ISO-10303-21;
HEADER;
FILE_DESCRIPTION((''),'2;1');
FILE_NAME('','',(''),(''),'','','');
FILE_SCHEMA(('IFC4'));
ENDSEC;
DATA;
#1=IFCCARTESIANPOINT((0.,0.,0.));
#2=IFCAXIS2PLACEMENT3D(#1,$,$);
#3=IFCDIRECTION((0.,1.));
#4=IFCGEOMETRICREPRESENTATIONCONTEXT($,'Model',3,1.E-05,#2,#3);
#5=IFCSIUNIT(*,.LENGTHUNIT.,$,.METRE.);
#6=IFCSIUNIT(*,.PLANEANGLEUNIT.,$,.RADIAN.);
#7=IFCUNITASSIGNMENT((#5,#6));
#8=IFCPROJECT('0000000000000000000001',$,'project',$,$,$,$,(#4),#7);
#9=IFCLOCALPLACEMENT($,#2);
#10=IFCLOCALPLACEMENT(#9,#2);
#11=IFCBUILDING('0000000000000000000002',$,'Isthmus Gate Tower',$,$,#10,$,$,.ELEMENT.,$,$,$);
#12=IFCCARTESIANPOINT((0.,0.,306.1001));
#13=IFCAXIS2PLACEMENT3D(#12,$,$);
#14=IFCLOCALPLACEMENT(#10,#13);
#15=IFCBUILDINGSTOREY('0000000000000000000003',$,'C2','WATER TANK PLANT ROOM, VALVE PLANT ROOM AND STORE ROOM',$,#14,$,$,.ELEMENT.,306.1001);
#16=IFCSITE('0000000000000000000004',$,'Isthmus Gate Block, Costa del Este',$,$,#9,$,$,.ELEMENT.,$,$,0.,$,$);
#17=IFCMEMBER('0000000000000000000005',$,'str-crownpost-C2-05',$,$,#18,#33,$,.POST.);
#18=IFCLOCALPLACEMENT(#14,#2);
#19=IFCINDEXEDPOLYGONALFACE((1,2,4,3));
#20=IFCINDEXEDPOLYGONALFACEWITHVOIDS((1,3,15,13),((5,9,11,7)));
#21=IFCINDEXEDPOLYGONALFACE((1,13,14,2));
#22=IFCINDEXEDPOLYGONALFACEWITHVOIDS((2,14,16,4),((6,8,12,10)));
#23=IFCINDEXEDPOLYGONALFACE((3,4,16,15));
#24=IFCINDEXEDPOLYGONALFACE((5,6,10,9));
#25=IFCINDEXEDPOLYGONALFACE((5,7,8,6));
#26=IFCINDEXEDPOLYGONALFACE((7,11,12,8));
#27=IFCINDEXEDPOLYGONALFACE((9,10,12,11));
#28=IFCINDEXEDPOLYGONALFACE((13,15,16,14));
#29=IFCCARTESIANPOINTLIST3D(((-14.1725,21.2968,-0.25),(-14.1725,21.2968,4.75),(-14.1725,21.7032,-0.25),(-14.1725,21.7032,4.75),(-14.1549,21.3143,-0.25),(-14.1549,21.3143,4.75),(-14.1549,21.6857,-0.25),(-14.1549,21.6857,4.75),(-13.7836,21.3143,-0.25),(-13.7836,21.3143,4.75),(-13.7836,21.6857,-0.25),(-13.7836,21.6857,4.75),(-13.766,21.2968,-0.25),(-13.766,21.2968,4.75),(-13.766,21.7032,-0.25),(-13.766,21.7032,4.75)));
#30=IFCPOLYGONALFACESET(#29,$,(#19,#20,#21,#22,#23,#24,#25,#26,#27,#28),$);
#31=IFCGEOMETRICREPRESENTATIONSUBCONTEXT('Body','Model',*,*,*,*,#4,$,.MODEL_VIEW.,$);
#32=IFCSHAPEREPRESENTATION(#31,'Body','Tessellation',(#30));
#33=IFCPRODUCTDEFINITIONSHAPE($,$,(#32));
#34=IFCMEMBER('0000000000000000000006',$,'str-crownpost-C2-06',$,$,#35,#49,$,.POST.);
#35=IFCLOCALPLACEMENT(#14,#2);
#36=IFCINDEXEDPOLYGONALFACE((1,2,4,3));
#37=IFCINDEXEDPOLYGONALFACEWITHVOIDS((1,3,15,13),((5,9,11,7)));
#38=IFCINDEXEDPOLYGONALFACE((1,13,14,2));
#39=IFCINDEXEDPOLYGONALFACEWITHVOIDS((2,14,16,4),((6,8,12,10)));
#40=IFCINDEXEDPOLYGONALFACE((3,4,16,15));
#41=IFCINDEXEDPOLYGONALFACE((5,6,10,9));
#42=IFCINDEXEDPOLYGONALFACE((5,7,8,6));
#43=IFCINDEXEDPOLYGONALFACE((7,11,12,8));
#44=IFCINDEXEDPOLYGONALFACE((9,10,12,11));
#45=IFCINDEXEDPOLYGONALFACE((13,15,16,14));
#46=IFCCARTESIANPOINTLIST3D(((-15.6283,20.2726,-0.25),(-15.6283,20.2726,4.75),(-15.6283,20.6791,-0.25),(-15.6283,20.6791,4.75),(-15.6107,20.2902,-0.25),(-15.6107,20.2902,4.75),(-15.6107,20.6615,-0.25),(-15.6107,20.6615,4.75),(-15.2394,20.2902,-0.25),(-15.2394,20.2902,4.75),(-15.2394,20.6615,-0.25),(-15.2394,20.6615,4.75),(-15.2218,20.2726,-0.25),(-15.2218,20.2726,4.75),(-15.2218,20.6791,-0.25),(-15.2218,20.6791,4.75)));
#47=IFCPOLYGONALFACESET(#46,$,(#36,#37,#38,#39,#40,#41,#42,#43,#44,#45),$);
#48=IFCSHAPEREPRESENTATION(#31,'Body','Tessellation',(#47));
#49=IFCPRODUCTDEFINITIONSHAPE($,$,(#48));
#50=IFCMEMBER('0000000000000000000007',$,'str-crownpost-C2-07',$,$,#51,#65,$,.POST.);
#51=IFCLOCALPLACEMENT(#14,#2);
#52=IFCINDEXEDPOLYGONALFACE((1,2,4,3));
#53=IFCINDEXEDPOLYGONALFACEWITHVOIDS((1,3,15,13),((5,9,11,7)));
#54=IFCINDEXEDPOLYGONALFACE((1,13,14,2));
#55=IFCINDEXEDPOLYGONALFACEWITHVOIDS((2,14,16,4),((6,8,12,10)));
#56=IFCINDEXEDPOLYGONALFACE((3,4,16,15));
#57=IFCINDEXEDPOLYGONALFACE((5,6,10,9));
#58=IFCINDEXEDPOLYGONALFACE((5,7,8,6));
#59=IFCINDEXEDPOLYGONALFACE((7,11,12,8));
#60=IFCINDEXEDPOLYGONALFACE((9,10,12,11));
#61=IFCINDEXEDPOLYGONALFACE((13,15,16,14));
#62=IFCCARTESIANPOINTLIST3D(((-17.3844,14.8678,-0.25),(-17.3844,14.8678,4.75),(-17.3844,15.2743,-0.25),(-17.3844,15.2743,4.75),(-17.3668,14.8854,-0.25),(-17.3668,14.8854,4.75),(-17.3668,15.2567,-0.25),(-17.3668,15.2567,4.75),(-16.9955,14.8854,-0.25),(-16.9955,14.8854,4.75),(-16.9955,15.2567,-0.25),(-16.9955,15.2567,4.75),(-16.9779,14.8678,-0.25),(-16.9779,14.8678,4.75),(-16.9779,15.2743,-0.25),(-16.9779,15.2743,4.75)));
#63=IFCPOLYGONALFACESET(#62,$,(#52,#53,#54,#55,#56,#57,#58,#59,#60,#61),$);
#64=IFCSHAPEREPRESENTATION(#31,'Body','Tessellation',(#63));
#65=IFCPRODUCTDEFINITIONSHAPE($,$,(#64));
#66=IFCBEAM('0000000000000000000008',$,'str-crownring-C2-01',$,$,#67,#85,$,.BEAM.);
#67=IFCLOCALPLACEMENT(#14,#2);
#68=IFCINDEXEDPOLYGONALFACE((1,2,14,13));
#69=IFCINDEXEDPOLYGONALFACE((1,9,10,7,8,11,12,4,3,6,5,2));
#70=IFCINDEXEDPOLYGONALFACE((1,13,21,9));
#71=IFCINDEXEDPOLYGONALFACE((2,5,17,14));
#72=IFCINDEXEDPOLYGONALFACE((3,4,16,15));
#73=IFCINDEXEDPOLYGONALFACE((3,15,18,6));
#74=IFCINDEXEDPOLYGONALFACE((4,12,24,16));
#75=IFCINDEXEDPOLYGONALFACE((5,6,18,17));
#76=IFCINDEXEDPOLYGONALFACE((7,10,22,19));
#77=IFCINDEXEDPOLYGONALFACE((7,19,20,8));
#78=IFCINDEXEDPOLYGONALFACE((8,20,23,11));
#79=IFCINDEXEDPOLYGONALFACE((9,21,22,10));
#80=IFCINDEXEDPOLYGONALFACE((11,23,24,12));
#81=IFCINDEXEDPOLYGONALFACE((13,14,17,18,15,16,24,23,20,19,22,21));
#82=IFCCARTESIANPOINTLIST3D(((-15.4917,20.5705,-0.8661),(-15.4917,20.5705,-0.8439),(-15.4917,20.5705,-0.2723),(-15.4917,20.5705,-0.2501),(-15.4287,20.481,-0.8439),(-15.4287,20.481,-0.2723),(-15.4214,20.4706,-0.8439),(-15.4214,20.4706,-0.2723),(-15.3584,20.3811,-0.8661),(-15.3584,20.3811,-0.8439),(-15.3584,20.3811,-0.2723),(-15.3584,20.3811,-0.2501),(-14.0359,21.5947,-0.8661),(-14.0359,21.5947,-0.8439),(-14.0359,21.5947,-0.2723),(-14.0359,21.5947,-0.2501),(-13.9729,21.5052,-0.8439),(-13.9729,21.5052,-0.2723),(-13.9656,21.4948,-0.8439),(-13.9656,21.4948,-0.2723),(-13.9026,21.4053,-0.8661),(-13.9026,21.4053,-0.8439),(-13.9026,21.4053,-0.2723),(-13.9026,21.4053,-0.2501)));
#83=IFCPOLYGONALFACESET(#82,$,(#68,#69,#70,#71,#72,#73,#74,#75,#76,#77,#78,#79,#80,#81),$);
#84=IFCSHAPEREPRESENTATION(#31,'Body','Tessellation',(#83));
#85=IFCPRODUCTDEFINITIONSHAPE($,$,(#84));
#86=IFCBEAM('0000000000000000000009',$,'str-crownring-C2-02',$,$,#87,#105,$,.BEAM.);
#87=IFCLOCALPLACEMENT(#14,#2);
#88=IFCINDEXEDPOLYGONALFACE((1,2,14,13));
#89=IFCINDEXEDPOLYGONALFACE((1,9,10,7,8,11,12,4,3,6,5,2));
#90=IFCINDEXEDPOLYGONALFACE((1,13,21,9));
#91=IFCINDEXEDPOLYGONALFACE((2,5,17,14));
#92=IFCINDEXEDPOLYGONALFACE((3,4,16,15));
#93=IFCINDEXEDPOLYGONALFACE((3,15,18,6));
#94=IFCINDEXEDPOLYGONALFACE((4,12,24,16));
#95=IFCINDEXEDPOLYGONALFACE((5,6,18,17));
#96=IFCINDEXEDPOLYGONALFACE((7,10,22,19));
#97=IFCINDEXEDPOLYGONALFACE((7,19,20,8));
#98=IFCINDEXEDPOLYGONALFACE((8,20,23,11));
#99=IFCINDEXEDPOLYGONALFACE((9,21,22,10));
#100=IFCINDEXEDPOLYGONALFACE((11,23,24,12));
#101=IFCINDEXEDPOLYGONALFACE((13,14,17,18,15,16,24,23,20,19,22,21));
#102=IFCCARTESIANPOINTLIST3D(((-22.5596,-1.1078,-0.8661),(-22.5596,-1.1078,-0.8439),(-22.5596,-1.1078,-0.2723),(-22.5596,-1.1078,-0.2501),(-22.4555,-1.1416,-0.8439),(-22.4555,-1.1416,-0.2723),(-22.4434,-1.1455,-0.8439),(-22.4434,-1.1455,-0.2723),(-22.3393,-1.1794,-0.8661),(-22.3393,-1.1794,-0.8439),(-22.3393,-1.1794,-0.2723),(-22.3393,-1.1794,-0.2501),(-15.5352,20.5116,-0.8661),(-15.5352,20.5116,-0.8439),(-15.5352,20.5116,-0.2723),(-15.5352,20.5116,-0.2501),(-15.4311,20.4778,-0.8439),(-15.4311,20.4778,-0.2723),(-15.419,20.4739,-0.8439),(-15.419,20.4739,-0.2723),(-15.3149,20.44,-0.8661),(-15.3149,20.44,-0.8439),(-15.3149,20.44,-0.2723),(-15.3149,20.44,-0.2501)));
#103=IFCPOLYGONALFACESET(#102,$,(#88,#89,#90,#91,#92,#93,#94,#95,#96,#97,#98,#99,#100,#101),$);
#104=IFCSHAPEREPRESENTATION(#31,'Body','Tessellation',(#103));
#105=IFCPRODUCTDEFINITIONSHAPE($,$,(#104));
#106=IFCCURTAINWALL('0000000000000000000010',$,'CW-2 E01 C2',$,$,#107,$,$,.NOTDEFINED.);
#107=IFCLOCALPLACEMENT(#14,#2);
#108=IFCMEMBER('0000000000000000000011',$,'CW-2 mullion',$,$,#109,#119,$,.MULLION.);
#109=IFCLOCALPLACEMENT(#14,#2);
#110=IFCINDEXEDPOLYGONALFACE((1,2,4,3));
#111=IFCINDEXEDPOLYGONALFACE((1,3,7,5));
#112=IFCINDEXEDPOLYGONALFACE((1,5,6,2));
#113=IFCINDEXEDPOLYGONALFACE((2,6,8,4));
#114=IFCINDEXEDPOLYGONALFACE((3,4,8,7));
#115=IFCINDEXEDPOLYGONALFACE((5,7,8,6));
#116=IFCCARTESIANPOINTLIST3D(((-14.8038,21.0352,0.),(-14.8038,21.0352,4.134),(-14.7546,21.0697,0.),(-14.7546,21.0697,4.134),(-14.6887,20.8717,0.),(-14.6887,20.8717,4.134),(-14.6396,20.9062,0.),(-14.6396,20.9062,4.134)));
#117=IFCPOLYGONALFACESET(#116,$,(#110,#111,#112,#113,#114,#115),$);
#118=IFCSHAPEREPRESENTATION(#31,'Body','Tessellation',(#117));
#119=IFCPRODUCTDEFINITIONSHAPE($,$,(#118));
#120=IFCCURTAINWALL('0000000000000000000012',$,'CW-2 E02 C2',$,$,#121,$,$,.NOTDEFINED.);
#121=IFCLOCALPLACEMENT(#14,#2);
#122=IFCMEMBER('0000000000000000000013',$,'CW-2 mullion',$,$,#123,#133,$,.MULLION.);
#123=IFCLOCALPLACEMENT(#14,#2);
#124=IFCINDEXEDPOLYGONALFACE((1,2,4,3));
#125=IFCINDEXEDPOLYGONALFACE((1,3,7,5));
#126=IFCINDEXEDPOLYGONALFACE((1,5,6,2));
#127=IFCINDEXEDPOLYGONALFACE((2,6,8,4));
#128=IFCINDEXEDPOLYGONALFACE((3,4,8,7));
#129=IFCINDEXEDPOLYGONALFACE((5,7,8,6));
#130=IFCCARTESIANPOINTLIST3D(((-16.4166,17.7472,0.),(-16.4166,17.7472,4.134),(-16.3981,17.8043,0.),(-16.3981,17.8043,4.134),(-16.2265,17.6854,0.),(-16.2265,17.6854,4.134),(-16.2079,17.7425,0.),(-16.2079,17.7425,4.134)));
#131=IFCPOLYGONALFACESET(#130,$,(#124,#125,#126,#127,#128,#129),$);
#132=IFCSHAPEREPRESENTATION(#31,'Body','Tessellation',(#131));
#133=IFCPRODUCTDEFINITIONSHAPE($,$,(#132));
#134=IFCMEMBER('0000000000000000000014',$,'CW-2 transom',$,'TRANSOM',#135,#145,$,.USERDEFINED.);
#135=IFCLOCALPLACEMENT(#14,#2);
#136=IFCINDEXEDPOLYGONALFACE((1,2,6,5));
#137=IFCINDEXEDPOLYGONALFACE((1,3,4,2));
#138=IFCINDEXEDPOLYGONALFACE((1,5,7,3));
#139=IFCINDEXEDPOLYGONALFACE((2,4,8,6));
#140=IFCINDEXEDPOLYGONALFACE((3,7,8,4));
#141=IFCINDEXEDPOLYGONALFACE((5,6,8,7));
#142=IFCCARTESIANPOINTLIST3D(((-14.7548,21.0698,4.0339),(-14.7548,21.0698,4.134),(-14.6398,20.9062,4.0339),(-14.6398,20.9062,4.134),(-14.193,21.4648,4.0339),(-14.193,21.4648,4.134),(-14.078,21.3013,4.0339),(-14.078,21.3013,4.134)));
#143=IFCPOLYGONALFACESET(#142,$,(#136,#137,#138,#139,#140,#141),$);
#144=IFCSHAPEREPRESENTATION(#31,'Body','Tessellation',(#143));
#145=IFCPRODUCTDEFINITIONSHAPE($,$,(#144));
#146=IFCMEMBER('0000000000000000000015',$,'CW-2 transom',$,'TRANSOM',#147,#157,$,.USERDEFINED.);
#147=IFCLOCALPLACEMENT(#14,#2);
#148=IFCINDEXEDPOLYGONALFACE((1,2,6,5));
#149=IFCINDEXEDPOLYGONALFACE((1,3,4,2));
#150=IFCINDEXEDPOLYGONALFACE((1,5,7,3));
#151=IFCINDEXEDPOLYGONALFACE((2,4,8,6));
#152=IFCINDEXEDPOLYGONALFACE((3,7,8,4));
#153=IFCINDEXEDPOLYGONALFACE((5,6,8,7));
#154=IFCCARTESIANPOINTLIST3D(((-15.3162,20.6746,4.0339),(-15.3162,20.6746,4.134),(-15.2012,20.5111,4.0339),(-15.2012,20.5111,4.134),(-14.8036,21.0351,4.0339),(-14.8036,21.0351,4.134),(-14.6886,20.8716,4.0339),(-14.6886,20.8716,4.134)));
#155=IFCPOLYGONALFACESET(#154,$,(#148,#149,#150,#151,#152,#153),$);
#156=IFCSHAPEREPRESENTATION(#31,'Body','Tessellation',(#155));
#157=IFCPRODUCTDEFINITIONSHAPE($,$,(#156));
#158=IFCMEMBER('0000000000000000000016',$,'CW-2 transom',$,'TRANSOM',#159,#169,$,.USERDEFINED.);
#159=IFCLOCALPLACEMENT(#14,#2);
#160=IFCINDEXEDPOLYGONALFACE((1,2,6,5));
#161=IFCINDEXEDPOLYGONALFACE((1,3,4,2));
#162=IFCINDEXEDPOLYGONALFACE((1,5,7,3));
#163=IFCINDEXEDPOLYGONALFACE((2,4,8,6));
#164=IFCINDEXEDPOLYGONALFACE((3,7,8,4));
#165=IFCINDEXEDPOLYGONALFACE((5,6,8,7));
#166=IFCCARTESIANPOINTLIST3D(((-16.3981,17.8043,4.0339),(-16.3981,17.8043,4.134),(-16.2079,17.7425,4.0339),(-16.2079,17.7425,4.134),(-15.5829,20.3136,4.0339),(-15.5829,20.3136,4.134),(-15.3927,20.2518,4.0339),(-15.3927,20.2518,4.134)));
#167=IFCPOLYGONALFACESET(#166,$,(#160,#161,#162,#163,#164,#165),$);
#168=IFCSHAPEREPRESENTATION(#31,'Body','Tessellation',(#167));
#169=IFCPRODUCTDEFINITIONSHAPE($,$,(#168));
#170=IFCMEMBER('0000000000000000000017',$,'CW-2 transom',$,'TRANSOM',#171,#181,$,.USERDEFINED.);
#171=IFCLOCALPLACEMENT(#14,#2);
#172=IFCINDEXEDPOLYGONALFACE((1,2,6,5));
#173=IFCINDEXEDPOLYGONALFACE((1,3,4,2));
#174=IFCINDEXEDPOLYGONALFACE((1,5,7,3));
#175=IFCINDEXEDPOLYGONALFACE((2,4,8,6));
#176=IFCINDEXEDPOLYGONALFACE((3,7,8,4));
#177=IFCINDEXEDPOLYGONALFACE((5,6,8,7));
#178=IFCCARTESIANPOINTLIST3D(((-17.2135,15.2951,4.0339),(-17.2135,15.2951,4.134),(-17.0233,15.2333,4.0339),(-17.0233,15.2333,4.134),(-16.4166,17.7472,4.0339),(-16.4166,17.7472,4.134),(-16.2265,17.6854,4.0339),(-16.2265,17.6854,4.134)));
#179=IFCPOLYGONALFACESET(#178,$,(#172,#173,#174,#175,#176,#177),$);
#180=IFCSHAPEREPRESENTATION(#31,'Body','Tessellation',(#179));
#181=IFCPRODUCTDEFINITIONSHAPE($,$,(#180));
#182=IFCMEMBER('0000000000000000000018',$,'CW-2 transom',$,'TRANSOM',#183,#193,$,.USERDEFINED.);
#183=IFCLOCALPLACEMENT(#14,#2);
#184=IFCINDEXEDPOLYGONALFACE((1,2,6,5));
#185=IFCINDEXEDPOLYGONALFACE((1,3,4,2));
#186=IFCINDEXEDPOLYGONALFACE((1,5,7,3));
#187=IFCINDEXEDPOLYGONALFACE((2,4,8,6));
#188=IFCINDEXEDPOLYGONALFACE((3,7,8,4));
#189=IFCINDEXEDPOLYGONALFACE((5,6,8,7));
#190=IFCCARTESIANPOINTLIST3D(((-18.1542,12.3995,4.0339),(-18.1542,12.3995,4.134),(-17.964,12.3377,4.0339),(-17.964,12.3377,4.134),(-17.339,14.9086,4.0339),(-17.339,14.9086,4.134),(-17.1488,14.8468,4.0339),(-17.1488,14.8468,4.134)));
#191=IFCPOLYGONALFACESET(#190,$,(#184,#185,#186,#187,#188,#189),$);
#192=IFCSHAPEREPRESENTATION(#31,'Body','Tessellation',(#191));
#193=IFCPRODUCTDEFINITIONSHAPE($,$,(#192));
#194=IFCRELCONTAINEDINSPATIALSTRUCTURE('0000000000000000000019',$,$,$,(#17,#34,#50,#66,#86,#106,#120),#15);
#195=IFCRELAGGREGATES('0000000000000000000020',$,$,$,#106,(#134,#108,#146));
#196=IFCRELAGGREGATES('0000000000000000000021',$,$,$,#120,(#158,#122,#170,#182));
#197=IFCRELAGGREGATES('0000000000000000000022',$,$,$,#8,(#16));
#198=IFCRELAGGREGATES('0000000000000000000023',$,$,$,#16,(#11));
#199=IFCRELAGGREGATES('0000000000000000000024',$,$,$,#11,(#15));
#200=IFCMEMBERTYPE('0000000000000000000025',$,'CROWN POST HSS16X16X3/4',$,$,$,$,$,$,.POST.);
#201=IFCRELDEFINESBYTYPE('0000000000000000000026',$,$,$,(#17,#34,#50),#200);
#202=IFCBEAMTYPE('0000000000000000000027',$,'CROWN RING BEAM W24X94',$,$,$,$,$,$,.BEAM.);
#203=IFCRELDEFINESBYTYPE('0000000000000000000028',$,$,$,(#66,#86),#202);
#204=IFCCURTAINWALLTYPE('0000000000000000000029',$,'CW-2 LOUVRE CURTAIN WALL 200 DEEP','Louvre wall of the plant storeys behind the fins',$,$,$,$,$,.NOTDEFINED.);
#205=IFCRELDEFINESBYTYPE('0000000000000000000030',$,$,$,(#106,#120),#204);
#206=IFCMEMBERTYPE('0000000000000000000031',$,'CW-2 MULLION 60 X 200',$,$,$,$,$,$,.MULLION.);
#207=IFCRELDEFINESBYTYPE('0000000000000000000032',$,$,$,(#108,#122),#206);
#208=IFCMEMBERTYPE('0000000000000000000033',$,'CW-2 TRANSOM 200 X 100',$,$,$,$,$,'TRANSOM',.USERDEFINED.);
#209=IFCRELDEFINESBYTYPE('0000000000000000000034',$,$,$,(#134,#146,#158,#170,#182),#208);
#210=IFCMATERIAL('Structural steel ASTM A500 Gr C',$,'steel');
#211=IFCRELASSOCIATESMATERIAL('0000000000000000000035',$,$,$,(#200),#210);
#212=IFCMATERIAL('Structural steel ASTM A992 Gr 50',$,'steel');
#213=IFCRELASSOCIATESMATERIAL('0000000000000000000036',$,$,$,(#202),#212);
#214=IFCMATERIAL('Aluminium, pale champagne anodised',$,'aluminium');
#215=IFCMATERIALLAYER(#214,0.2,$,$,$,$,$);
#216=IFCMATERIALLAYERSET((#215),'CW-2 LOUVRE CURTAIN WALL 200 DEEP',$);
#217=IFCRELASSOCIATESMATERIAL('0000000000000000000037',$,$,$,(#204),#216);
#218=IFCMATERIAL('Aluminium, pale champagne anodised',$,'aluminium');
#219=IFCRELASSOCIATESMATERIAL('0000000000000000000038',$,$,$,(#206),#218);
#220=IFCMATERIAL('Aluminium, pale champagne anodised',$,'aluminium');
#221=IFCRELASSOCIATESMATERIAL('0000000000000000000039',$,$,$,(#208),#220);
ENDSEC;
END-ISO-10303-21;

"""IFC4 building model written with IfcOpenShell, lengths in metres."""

from ifc_helpers import new_model, si_unit, direction, frame, origin, origin_2d, place, context, subcontext, project, spatial, rectangle, hollow_rectangle, i_section, extrude, material, layer, layer_set, material_profile, profile_set, type_object, element, aggregate, save


model = new_model("IFC4")

# Units and contexts
model_context = context("Model", 3, precision=1e-05, world=origin(), true_north=direction((0.0, 1.0)))
body_context = subcontext(model_context, "Body", "Model", "MODEL_VIEW")
ifc_project = project(units=[si_unit("LENGTHUNIT", "METRE"), si_unit("PLANEANGLEUNIT", "RADIAN")], contexts=[model_context])

# Site, building, storey
site_placement = place(None, origin())
site = spatial("IfcSite", under=ifc_project, at=site_placement, Name="Isthmus Gate Block, Costa del Este", CompositionType="ELEMENT", RefElevation=0.0)
building_placement = place(site_placement, origin())
building = spatial("IfcBuilding", under=site, at=building_placement, Name="Isthmus Gate Tower", CompositionType="ELEMENT")
storey_placement = place(building_placement, frame((0.0, 0.0, 306.1001)))
storey = spatial("IfcBuildingStorey", under=building, at=storey_placement, Name="C2", Description="WATER TANK PLANT ROOM, VALVE PLANT ROOM AND STORE ROOM", CompositionType="ELEMENT", Elevation=306.1001)

# Members
ifc_material_1 = material(Name="Structural steel ASTM A500 Gr C", Category="steel")
ifc_material_profile_1 = material_profile(ifc_material_1, hollow_rectangle(XDim=0.4065, YDim=0.4065, WallThickness=0.0176, at=origin_2d()), Name="HSS16X16X3/4")
ifc_profile_set_1 = profile_set([ifc_material_profile_1], Name="Structural steel ASTM A500 Gr C")
member_type_1 = type_object("IfcMemberType", Name="CROWN POST HSS16X16X3/4", PredefinedType="POST", material=ifc_profile_set_1)
for number, where, z_axis, x_axis, name in (
    (1, (-13.9692, 21.5, -0.25), (0.0, 0.0, 1.0), (1.0, 0.0, 0.0), "str-crownpost-C2-05"),
    (2, (-15.425, 20.4758, -0.25), (0.0, 0.0, 1.0), (1.0, 0.0, 0.0), "str-crownpost-C2-06"),
    (3, (-17.1812, 15.071, -0.25), (0.0, 0.0, 1.0), (1.0, 0.0, 0.0), "str-crownpost-C2-07"),
):
    element("IfcMember", number, at=place(storey_placement, frame(where, z_axis=z_axis, x_axis=x_axis)), inside=storey, type_object=member_type_1, Name=name, PredefinedType="POST", context=body_context, shape_type="SweptSolid", body=[
        extrude(hollow_rectangle(XDim=0.4065, YDim=0.4065, WallThickness=0.0176, at=origin_2d()), origin(), (0.0, 0.0, 1.0), 5.0),
    ])

# Beams
ifc_material_2 = material(Name="Structural steel ASTM A992 Gr 50", Category="steel")
ifc_material_profile_2 = material_profile(ifc_material_2, i_section(OverallWidth=0.2317, OverallDepth=0.616, WebThickness=0.0127, FlangeThickness=0.0222, at=origin_2d()), Name="W24X94")
ifc_profile_set_2 = profile_set([ifc_material_profile_2], Name="Structural steel ASTM A992 Gr 50")
beam_type_1 = type_object("IfcBeamType", Name="CROWN RING BEAM W24X94", PredefinedType="BEAM", material=ifc_profile_set_2)
beam_1_placement = place(storey_placement, frame((-13.9692, 21.5, -0.5581), z_axis=(-0.817883, -0.575385, 0.0), x_axis=(0.575385, -0.817883, 0.0)))
element("IfcBeam", 4, at=beam_1_placement, inside=storey, type_object=beam_type_1, Name="str-crownring-C2-01", PredefinedType="BEAM", context=body_context, shape_type="SweptSolid", body=[
    extrude(i_section(OverallWidth=0.2317, OverallDepth=0.616, WebThickness=0.0127, FlangeThickness=0.0222, at=origin_2d()), origin(), (0.0, 0.0, 1.0), 1.78),
])
beam_2_placement = place(storey_placement, frame((-15.425, 20.4758, -0.5581), z_axis=(-0.309011, -0.951058, 0.0), x_axis=(0.951058, -0.309011, 0.0)))
element("IfcBeam", 5, at=beam_2_placement, inside=storey, type_object=beam_type_1, Name="str-crownring-C2-02", PredefinedType="BEAM", context=body_context, shape_type="SweptSolid", body=[
    extrude(i_section(OverallWidth=0.2317, OverallDepth=0.616, WebThickness=0.0127, FlangeThickness=0.0222, at=origin_2d()), origin(), (0.0, 0.0, 1.0), 22.7319),
])

# Curtain walls, members
ifc_material_3 = material(Name="Aluminium, pale champagne anodised", Category="aluminium")
ifc_layer_1 = layer(ifc_material_3, 0.2)
ifc_layer_set_1 = layer_set([ifc_layer_1], Name="CW-2 LOUVRE CURTAIN WALL 200 DEEP")
curtain_wall_type = type_object("IfcCurtainWallType", Name="CW-2 LOUVRE CURTAIN WALL 200 DEEP", Description="Louvre wall of the plant storeys behind the fins", PredefinedType="NOTDEFINED", material=ifc_layer_set_1)
curtain_wall_1_placement = place(storey_placement, origin())
curtain_wall_1 = element("IfcCurtainWall", 6, at=curtain_wall_1_placement, inside=storey, type_object=curtain_wall_type, Name="CW-2 E01 C2", PredefinedType="NOTDEFINED")
ifc_material_4 = material(Name="Aluminium, pale champagne anodised", Category="aluminium")
ifc_material_profile_3 = material_profile(ifc_material_4, rectangle(XDim=0.0601, YDim=0.2, at=origin_2d()), Name="60x200")
ifc_profile_set_3 = profile_set([ifc_material_profile_3], Name="Aluminium, pale champagne anodised")
member_type_2 = type_object("IfcMemberType", Name="CW-2 MULLION 60 X 200", PredefinedType="MULLION", material=ifc_profile_set_3)
member_1_placement = place(storey_placement, frame((-14.7217, 20.9707, 0.0), z_axis=(0.0, 0.0, 1.0), x_axis=(-0.81786, -0.575418, 0.0)))
member_1 = element("IfcMember", 7, at=member_1_placement, type_object=member_type_2, Name="CW-2 mullion", PredefinedType="MULLION", context=body_context, shape_type="SweptSolid", body=[
    extrude(rectangle(XDim=0.0601, YDim=0.2, at=origin_2d()), origin(), (0.0, 0.0, 1.0), 4.134),
])
curtain_wall_2_placement = place(storey_placement, origin())
curtain_wall_2 = element("IfcCurtainWall", 8, at=curtain_wall_2_placement, inside=storey, type_object=curtain_wall_type, Name="CW-2 E02 C2", PredefinedType="NOTDEFINED")
member_2_placement = place(storey_placement, frame((-16.3123, 17.7449, 0.0), z_axis=(0.0, 0.0, 1.0), x_axis=(-0.309017, -0.951057, 0.0)))
member_2 = element("IfcMember", 9, at=member_2_placement, type_object=member_type_2, Name="CW-2 mullion", PredefinedType="MULLION", context=body_context, shape_type="SweptSolid", body=[
    extrude(rectangle(XDim=0.0601, YDim=0.2, at=origin_2d()), origin(), (0.0, 0.0, 1.0), 4.134),
])

# Members
ifc_material_5 = material(Name="Aluminium, pale champagne anodised", Category="aluminium")
ifc_material_profile_4 = material_profile(ifc_material_5, rectangle(XDim=0.2, YDim=0.1001, at=origin_2d()), Name="200x100")
ifc_profile_set_4 = profile_set([ifc_material_profile_4], Name="Aluminium, pale champagne anodised")
member_type_3 = type_object("IfcMemberType", Name="CW-2 TRANSOM 200 X 100", ElementType="TRANSOM", PredefinedType="USERDEFINED", material=ifc_profile_set_4)
member_3_placement = place(storey_placement, frame((-14.1355, 21.3831, 4.084), z_axis=(-0.818011, -0.575203, 0.0), x_axis=(0.575203, -0.818011, 0.0)))
member_3 = element("IfcMember", 10, at=member_3_placement, type_object=member_type_3, Name="CW-2 transom", ObjectType="TRANSOM", PredefinedType="USERDEFINED", context=body_context, shape_type="SweptSolid", body=[
    extrude(rectangle(XDim=0.2, YDim=0.1001, at=origin_2d()), origin(), (0.0, 0.0, 1.0), 0.6868),
])
member_4_placement = place(storey_placement, frame((-14.7461, 20.9534, 4.084), z_axis=(-0.817949, -0.575291, 0.0), x_axis=(0.575291, -0.817949, 0.0)))
member_4 = element("IfcMember", 11, at=member_4_placement, type_object=member_type_3, Name="CW-2 transom", ObjectType="TRANSOM", PredefinedType="USERDEFINED", context=body_context, shape_type="SweptSolid", body=[
    extrude(rectangle(XDim=0.2, YDim=0.1001, at=origin_2d()), origin(), (0.0, 0.0, 1.0), 0.6267),
])
member_5_placement = place(storey_placement, frame((-15.4878, 20.2827, 4.084), z_axis=(-0.308973, -0.951071, 0.0), x_axis=(0.951071, -0.308973, 0.0)))
member_5 = element("IfcMember", 12, at=member_5_placement, type_object=member_type_3, Name="CW-2 transom", ObjectType="TRANSOM", PredefinedType="USERDEFINED", context=body_context, shape_type="SweptSolid", body=[
    extrude(rectangle(XDim=0.2, YDim=0.1001, at=origin_2d()), origin(), (0.0, 0.0, 1.0), 2.6384),
])
member_6_placement = place(storey_placement, frame((-16.3215, 17.7163, 4.084), z_axis=(-0.30906, -0.951042, 0.0), x_axis=(0.951042, -0.30906, 0.0)))
member_6 = element("IfcMember", 13, at=member_6_placement, type_object=member_type_3, Name="CW-2 transom", ObjectType="TRANSOM", PredefinedType="USERDEFINED", context=body_context, shape_type="SweptSolid", body=[
    extrude(rectangle(XDim=0.2, YDim=0.1001, at=origin_2d()), origin(), (0.0, 0.0, 1.0), 2.5784),
])
member_7_placement = place(storey_placement, frame((-17.2439, 14.8777, 4.084), z_axis=(-0.309, -0.951062, 0.0), x_axis=(0.951062, -0.309, 0.0)))
member_7 = element("IfcMember", 14, at=member_7_placement, type_object=member_type_3, Name="CW-2 transom", ObjectType="TRANSOM", PredefinedType="USERDEFINED", context=body_context, shape_type="SweptSolid", body=[
    extrude(rectangle(XDim=0.2, YDim=0.1001, at=origin_2d()), origin(), (0.0, 0.0, 1.0), 2.6382),
])

aggregate(curtain_wall_1, [member_3, member_1, member_4])
aggregate(curtain_wall_2, [member_5, member_2, member_6, member_7])

save(model, "model.ifc")
